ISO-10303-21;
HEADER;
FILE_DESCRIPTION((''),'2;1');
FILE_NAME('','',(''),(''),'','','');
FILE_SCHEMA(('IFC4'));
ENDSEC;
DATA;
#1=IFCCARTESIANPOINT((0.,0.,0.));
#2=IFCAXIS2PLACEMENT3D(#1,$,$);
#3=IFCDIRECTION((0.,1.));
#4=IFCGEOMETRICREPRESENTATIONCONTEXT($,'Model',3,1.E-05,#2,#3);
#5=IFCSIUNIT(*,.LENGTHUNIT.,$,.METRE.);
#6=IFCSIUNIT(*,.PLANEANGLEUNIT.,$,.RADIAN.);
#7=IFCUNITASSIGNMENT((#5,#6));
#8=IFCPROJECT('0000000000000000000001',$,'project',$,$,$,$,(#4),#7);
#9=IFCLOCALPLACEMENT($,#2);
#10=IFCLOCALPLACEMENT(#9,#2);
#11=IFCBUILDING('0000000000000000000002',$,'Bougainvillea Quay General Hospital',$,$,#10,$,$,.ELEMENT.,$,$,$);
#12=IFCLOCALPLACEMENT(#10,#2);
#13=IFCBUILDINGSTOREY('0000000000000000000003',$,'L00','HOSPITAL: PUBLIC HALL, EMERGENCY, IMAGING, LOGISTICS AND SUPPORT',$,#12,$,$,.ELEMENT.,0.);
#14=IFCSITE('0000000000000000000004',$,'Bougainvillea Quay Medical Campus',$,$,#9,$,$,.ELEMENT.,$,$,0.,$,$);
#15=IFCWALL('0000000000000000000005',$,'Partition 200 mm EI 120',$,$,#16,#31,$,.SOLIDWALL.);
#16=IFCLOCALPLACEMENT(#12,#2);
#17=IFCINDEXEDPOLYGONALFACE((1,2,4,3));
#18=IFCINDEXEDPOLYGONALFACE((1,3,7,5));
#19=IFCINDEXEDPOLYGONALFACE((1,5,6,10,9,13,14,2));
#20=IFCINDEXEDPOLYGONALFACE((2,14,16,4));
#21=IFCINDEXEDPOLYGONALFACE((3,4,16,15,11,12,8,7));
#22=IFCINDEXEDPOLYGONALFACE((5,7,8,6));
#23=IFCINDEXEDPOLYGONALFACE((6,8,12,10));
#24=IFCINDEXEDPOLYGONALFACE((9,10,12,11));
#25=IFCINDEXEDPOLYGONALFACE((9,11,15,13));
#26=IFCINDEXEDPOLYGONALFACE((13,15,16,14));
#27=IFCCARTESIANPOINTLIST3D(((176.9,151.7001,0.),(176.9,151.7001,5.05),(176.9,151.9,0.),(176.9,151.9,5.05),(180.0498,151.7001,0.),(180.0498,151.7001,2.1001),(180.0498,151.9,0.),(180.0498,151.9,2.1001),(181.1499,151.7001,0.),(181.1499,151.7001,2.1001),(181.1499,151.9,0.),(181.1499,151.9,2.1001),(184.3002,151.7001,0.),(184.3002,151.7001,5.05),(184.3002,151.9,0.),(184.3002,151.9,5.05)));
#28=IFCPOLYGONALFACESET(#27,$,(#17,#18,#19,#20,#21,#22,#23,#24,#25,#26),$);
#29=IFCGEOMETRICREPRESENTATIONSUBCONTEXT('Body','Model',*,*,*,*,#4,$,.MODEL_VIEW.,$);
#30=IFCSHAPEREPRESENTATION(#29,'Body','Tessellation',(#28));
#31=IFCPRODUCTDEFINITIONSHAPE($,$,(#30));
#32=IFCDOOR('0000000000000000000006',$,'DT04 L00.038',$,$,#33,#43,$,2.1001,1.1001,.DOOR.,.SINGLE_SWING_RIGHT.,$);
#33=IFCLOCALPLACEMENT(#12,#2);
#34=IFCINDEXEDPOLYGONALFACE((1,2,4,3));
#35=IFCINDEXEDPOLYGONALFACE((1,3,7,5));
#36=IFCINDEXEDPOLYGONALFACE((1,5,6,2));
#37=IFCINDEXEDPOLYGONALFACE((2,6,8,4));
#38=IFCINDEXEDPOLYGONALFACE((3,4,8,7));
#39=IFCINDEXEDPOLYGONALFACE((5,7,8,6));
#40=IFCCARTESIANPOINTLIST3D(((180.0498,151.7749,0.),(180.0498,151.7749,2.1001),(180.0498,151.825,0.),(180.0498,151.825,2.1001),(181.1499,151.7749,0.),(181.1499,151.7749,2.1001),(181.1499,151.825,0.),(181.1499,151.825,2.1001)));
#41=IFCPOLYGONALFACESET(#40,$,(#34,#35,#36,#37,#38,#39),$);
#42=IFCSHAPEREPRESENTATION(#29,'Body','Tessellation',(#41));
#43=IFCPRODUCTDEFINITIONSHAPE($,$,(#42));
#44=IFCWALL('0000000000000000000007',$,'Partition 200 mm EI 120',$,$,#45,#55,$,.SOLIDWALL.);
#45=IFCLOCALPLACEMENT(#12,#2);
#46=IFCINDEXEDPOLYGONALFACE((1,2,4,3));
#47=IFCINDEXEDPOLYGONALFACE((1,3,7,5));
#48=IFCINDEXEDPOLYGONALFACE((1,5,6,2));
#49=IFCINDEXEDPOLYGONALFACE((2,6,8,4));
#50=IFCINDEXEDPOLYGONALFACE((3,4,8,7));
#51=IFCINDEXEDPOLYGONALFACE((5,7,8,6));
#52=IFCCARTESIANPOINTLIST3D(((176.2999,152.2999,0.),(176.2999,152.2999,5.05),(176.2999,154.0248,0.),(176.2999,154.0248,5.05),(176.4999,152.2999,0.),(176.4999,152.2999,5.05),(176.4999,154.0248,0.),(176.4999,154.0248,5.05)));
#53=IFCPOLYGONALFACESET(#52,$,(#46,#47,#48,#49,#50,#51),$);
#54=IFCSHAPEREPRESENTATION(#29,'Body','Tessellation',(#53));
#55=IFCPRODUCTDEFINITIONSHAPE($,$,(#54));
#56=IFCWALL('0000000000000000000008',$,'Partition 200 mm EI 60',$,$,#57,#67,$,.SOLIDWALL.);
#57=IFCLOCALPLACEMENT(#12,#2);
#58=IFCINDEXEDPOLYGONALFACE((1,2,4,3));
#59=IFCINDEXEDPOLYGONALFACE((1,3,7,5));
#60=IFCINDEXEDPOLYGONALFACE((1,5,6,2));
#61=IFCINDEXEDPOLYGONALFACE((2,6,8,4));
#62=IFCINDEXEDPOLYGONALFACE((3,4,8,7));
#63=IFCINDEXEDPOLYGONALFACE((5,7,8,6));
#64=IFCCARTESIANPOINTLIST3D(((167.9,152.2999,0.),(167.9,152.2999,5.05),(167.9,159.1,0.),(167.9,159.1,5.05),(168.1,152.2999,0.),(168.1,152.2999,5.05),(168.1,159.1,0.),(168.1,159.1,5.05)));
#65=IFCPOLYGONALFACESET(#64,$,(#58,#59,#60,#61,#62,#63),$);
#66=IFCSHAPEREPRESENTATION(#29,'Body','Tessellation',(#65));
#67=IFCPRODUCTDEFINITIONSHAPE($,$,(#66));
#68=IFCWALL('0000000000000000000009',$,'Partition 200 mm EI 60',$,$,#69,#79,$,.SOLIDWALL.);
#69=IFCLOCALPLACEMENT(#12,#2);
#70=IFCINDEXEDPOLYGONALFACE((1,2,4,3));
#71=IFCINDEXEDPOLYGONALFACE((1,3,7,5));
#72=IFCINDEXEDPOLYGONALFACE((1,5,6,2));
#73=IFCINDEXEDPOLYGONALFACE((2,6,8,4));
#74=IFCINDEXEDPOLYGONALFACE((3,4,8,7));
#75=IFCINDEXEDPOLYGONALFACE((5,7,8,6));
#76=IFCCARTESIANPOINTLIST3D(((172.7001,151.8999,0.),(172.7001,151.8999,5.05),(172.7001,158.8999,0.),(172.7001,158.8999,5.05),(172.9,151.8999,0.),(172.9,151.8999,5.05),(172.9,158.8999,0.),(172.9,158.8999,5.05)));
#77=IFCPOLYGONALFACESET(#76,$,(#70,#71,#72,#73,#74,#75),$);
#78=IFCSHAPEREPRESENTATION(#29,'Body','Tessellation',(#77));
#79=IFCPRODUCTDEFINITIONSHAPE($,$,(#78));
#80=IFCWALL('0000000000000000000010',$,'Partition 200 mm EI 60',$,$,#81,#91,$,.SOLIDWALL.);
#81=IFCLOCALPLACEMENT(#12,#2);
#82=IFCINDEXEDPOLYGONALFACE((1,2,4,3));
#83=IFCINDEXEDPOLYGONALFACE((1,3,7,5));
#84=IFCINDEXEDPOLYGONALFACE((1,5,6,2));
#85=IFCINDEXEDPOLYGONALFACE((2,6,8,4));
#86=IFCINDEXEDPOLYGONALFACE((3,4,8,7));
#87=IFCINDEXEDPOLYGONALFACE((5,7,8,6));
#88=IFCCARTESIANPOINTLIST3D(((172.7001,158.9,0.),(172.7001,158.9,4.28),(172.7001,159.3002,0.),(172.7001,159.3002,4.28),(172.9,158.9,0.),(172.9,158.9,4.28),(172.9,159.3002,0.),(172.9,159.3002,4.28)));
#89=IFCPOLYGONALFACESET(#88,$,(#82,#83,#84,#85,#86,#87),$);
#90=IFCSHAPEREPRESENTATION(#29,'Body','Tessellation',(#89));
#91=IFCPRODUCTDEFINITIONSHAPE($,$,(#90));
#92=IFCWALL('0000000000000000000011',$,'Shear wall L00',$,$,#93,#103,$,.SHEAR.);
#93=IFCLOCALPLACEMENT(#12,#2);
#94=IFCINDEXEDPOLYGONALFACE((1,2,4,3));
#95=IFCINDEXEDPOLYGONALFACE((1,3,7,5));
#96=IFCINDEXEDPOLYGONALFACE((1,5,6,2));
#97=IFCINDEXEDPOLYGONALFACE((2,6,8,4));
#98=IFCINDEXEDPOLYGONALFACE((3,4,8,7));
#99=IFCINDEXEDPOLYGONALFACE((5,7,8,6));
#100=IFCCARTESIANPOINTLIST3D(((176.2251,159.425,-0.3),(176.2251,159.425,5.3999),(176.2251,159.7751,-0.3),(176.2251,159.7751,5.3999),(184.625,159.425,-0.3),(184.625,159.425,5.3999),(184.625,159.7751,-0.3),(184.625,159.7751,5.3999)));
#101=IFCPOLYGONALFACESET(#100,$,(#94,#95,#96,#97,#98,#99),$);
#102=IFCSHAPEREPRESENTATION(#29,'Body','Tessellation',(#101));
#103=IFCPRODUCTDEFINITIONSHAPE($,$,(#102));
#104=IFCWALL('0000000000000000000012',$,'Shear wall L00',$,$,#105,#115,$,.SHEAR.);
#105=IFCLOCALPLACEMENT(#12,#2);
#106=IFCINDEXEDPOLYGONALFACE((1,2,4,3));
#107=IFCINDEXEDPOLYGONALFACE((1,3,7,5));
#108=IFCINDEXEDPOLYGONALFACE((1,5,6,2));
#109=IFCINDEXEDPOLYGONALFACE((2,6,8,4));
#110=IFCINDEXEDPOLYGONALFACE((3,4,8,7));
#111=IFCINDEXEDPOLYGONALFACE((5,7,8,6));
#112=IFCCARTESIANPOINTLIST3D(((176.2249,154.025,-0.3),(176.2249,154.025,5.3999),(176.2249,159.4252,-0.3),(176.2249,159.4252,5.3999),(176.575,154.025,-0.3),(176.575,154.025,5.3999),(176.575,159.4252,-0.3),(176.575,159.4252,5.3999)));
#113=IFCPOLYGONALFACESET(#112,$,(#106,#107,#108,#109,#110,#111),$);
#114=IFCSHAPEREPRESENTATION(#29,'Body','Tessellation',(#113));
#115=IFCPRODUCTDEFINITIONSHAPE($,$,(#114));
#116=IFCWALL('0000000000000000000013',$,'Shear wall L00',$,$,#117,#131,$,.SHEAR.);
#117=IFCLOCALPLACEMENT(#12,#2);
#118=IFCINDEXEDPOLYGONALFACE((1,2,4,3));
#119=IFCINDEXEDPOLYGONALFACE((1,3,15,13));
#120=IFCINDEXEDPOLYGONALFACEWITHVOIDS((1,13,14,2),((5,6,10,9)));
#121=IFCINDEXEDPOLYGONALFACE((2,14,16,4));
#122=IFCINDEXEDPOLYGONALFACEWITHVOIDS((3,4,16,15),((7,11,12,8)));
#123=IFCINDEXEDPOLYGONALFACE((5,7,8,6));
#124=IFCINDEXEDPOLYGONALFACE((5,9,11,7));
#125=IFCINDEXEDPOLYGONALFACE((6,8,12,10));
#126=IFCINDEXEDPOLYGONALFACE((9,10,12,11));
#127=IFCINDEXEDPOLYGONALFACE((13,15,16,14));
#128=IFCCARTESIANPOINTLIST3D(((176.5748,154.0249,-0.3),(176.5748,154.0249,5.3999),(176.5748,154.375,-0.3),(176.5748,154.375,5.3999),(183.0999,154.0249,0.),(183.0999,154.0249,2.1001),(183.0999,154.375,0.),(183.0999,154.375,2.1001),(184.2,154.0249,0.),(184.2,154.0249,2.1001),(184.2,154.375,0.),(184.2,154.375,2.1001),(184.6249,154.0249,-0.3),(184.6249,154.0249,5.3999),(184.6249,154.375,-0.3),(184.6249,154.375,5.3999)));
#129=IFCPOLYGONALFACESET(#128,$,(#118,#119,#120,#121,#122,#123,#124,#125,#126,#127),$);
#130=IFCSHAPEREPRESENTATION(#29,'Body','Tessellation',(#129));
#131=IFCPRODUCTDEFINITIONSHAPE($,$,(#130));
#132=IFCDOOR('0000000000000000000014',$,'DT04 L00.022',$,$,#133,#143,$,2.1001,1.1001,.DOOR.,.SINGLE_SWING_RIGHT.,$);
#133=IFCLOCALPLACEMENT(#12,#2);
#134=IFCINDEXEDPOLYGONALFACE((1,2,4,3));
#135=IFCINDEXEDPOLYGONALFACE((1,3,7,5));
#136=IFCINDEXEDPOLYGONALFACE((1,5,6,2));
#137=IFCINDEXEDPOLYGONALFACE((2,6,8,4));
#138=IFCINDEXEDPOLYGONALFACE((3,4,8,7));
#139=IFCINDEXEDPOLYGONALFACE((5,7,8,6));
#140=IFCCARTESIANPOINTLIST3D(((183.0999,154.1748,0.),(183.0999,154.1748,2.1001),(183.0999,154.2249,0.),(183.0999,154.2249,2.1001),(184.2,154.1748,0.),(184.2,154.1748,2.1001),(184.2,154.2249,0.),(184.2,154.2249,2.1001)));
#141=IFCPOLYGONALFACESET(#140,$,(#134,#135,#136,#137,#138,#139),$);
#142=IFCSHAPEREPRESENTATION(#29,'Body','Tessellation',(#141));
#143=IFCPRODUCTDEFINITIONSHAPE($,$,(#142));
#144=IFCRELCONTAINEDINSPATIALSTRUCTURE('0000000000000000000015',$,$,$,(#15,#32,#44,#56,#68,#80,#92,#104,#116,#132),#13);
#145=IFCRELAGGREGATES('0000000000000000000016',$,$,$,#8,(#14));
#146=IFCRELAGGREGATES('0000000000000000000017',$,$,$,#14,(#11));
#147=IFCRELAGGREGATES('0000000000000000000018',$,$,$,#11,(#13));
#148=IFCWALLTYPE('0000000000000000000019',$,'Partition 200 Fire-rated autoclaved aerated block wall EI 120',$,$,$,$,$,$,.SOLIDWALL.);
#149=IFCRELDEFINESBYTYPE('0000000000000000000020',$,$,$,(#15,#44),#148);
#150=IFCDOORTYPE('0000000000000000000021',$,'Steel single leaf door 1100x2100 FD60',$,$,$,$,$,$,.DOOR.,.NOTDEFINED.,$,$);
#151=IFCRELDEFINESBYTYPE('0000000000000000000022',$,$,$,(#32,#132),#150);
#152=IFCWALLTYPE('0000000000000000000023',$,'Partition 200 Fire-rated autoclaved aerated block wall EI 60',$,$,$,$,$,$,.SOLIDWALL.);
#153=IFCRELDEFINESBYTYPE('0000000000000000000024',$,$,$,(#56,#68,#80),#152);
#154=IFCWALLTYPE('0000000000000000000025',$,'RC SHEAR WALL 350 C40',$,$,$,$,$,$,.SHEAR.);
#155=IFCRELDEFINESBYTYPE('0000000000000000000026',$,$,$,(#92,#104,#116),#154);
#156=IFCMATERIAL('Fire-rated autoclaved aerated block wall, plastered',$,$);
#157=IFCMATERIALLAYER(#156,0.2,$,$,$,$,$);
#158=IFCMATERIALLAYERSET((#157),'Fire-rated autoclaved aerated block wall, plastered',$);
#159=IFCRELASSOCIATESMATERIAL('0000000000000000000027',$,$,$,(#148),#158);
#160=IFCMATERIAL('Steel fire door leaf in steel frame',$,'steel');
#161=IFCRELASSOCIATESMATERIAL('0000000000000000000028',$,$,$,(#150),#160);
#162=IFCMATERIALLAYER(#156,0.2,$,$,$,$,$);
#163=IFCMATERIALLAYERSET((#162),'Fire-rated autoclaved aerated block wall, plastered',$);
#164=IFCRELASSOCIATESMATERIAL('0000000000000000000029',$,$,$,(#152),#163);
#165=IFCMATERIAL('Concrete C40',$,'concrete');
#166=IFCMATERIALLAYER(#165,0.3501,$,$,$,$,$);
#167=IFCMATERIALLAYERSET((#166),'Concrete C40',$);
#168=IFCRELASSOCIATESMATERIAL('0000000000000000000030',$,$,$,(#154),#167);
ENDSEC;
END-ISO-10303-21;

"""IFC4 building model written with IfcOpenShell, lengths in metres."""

from ifc_helpers import new_model, si_unit, direction, frame, frame_2d, origin, place, context, subcontext, project, spatial, rectangle, extrude, material, layer, layer_set, type_object, element, fill, save


model = new_model("IFC4")

# Units and contexts
model_context = context("Model", 3, precision=1e-05, world=origin(), true_north=direction((0.0, 1.0)))
body_context = subcontext(model_context, "Body", "Model", "MODEL_VIEW")
ifc_project = project(units=[si_unit("LENGTHUNIT", "METRE"), si_unit("PLANEANGLEUNIT", "RADIAN")], contexts=[model_context])

# Site, building, storey
site_placement = place(None, origin())
site = spatial("IfcSite", under=ifc_project, at=site_placement, Name="Bougainvillea Quay Medical Campus", CompositionType="ELEMENT", RefElevation=0.0)
building_placement = place(site_placement, origin())
building = spatial("IfcBuilding", under=site, at=building_placement, Name="Bougainvillea Quay General Hospital", CompositionType="ELEMENT")
storey_placement = place(building_placement, origin())
storey = spatial("IfcBuildingStorey", under=building, at=storey_placement, Name="L00", Description="HOSPITAL: PUBLIC HALL, EMERGENCY, IMAGING, LOGISTICS AND SUPPORT", CompositionType="ELEMENT", Elevation=0.0)

# Shared definitions
ifc_material_1 = material(Name="Concrete C40", Category="concrete")

# Wall, opening, door
ifc_material_2 = material(Name="Fire-rated autoclaved aerated block wall, plastered")
ifc_layer_1 = layer(ifc_material_2, 0.2)
ifc_layer_set_1 = layer_set([ifc_layer_1], Name="Fire-rated autoclaved aerated block wall, plastered")
wall_type_1 = type_object("IfcWallType", Name="Partition 200 Fire-rated autoclaved aerated block wall EI 120", PredefinedType="SOLIDWALL", material=ifc_layer_set_1)
wall_1_placement = place(storey_placement, frame((176.8999, 151.8, 0.0), z_axis=(0.0, 0.0, 1.0), x_axis=(1.0, 0.0, 0.0)))
wall_1 = element("IfcWall", 1, at=wall_1_placement, inside=storey, type_object=wall_type_1, Name="Partition 200 mm EI 120", PredefinedType="SOLIDWALL", context=body_context, shape_type="SweptSolid", body=[
    extrude(rectangle(XDim=7.4001, YDim=0.2, at=frame_2d((3.7002, 0.0))), origin(), (0.0, 0.0, 1.0), 5.05),
])
opening_1_placement = place(wall_1_placement, frame((3.1499, 0.0, 0.0)))
opening_1 = element("IfcOpeningElement", 2, at=opening_1_placement, cuts=wall_1, PredefinedType="OPENING", context=body_context, shape_type="SweptSolid", body=[
    extrude(rectangle(XDim=1.1001, YDim=2.1001, at=frame_2d((0.55, 1.05))), frame((0.0, 0.1099, 0.0), z_axis=(0.0, -1.0, 0.0), x_axis=(1.0, 0.0, 0.0)), (0.0, 0.0, 1.0), 0.22),
])
ifc_material_3 = material(Name="Steel fire door leaf in steel frame", Category="steel")
door_type_1 = type_object("IfcDoorType", Name="Steel single leaf door 1100x2100 FD60", OperationType="NOTDEFINED", PredefinedType="DOOR", material=ifc_material_3)
door_1_placement = place(opening_1_placement, origin())
door_1 = element("IfcDoor", 3, at=door_1_placement, inside=storey, type_object=door_type_1, Name="DT04 L00.038", OperationType="SINGLE_SWING_RIGHT", OverallHeight=2.1001, OverallWidth=1.1001, PredefinedType="DOOR", context=body_context, shape_type="SweptSolid", body=[
    extrude(rectangle(XDim=1.1001, YDim=2.1001, at=frame_2d((0.55, 1.05))), frame((0.0, 0.0249, 0.0), z_axis=(0.0, -1.0, 0.0), x_axis=(1.0, 0.0, 0.0)), (0.0, 0.0, 1.0), 0.05),
])
fill(opening_1, door_1)

# Walls
wall_2_placement = place(storey_placement, frame((176.3999, 152.3, 0.0), z_axis=(0.0, 0.0, 1.0), x_axis=(0.0, 1.0, 0.0)))
element("IfcWall", 4, at=wall_2_placement, inside=storey, type_object=wall_type_1, Name="Partition 200 mm EI 120", PredefinedType="SOLIDWALL", context=body_context, shape_type="SweptSolid", body=[
    extrude(rectangle(XDim=1.7249, YDim=0.2, at=frame_2d((0.8623, 0.0))), origin(), (0.0, 0.0, 1.0), 5.05),
])
ifc_layer_2 = layer(ifc_material_2, 0.2)
ifc_layer_set_2 = layer_set([ifc_layer_2], Name="Fire-rated autoclaved aerated block wall, plastered")
wall_type_2 = type_object("IfcWallType", Name="Partition 200 Fire-rated autoclaved aerated block wall EI 60", PredefinedType="SOLIDWALL", material=ifc_layer_set_2)
wall_3_placement = place(storey_placement, frame((168.0, 152.3, 0.0), z_axis=(0.0, 0.0, 1.0), x_axis=(0.0, 1.0, 0.0)))
element("IfcWall", 5, at=wall_3_placement, inside=storey, type_object=wall_type_2, Name="Partition 200 mm EI 60", PredefinedType="SOLIDWALL", context=body_context, shape_type="SweptSolid", body=[
    extrude(rectangle(XDim=6.8, YDim=0.2, at=frame_2d((3.3999, 0.0))), origin(), (0.0, 0.0, 1.0), 5.05),
])
wall_4_placement = place(storey_placement, frame((172.8, 151.8999, 0.0), z_axis=(0.0, 0.0, 1.0), x_axis=(0.0, 1.0, 0.0)))
element("IfcWall", 6, at=wall_4_placement, inside=storey, type_object=wall_type_2, Name="Partition 200 mm EI 60", PredefinedType="SOLIDWALL", context=body_context, shape_type="SweptSolid", body=[
    extrude(rectangle(XDim=7.0, YDim=0.2, at=frame_2d((3.5, 0.0))), origin(), (0.0, 0.0, 1.0), 5.05),
])
wall_5_placement = place(storey_placement, frame((172.8, 158.8999, 0.0), z_axis=(0.0, 0.0, 1.0), x_axis=(0.0, 1.0, 0.0)))
element("IfcWall", 7, at=wall_5_placement, inside=storey, type_object=wall_type_2, Name="Partition 200 mm EI 60", PredefinedType="SOLIDWALL", context=body_context, shape_type="SweptSolid", body=[
    extrude(rectangle(XDim=0.4001, YDim=0.2, at=frame_2d((0.2002, 0.0))), origin(), (0.0, 0.0, 1.0), 4.28),
])
ifc_layer_3 = layer(ifc_material_1, 0.3501)
ifc_layer_set_3 = layer_set([ifc_layer_3], Name="Concrete C40")
wall_type_3 = type_object("IfcWallType", Name="RC SHEAR WALL 350 C40", PredefinedType="SHEAR", material=ifc_layer_set_3)
wall_6_placement = place(storey_placement, frame((176.2251, 159.6001, -0.3), z_axis=(0.0, 0.0, 1.0), x_axis=(1.0, 0.0, 0.0)))
element("IfcWall", 8, at=wall_6_placement, inside=storey, type_object=wall_type_3, Name="Shear wall L00", PredefinedType="SHEAR", context=body_context, shape_type="SweptSolid", body=[
    extrude(rectangle(XDim=8.3999, YDim=0.3501, at=frame_2d((4.2, 0.0))), origin(), (0.0, 0.0, 1.0), 5.7),
])
wall_7_placement = place(storey_placement, frame((176.3999, 154.0249, -0.3), z_axis=(0.0, 0.0, 1.0), x_axis=(0.0, 1.0, 0.0)))
element("IfcWall", 9, at=wall_7_placement, inside=storey, type_object=wall_type_3, Name="Shear wall L00", PredefinedType="SHEAR", context=body_context, shape_type="SweptSolid", body=[
    extrude(rectangle(XDim=5.4001, YDim=0.3501, at=frame_2d((2.7002, 0.0))), origin(), (0.0, 0.0, 1.0), 5.7),
])

# Wall, opening, door
wall_8_placement = place(storey_placement, frame((176.575, 154.2, -0.3), z_axis=(0.0, 0.0, 1.0), x_axis=(1.0, 0.0, 0.0)))
wall_8 = element("IfcWall", 10, at=wall_8_placement, inside=storey, type_object=wall_type_3, Name="Shear wall L00", PredefinedType="SHEAR", context=body_context, shape_type="SweptSolid", body=[
    extrude(rectangle(XDim=8.05, YDim=0.3501, at=frame_2d((4.0249, 0.0))), origin(), (0.0, 0.0, 1.0), 5.7),
])
opening_2_placement = place(wall_8_placement, frame((6.5249, 0.0, 0.3)))
opening_2 = element("IfcOpeningElement", 11, at=opening_2_placement, cuts=wall_8, PredefinedType="OPENING", context=body_context, shape_type="SweptSolid", body=[
    extrude(rectangle(XDim=1.1001, YDim=2.1001, at=frame_2d((0.55, 1.05))), frame((0.0, 0.1851, 0.0), z_axis=(0.0, -1.0, 0.0), x_axis=(1.0, 0.0, 0.0)), (0.0, 0.0, 1.0), 0.3701),
])
door_2_placement = place(opening_2_placement, origin())
door_2 = element("IfcDoor", 12, at=door_2_placement, inside=storey, type_object=door_type_1, Name="DT04 L00.022", OperationType="SINGLE_SWING_RIGHT", OverallHeight=2.1001, OverallWidth=1.1001, PredefinedType="DOOR", context=body_context, shape_type="SweptSolid", body=[
    extrude(rectangle(XDim=1.1001, YDim=2.1001, at=frame_2d((0.55, 1.05))), frame((0.0, 0.0249, 0.0), z_axis=(0.0, -1.0, 0.0), x_axis=(1.0, 0.0, 0.0)), (0.0, 0.0, 1.0), 0.05),
])
fill(opening_2, door_2)

save(model, "model.ifc")
